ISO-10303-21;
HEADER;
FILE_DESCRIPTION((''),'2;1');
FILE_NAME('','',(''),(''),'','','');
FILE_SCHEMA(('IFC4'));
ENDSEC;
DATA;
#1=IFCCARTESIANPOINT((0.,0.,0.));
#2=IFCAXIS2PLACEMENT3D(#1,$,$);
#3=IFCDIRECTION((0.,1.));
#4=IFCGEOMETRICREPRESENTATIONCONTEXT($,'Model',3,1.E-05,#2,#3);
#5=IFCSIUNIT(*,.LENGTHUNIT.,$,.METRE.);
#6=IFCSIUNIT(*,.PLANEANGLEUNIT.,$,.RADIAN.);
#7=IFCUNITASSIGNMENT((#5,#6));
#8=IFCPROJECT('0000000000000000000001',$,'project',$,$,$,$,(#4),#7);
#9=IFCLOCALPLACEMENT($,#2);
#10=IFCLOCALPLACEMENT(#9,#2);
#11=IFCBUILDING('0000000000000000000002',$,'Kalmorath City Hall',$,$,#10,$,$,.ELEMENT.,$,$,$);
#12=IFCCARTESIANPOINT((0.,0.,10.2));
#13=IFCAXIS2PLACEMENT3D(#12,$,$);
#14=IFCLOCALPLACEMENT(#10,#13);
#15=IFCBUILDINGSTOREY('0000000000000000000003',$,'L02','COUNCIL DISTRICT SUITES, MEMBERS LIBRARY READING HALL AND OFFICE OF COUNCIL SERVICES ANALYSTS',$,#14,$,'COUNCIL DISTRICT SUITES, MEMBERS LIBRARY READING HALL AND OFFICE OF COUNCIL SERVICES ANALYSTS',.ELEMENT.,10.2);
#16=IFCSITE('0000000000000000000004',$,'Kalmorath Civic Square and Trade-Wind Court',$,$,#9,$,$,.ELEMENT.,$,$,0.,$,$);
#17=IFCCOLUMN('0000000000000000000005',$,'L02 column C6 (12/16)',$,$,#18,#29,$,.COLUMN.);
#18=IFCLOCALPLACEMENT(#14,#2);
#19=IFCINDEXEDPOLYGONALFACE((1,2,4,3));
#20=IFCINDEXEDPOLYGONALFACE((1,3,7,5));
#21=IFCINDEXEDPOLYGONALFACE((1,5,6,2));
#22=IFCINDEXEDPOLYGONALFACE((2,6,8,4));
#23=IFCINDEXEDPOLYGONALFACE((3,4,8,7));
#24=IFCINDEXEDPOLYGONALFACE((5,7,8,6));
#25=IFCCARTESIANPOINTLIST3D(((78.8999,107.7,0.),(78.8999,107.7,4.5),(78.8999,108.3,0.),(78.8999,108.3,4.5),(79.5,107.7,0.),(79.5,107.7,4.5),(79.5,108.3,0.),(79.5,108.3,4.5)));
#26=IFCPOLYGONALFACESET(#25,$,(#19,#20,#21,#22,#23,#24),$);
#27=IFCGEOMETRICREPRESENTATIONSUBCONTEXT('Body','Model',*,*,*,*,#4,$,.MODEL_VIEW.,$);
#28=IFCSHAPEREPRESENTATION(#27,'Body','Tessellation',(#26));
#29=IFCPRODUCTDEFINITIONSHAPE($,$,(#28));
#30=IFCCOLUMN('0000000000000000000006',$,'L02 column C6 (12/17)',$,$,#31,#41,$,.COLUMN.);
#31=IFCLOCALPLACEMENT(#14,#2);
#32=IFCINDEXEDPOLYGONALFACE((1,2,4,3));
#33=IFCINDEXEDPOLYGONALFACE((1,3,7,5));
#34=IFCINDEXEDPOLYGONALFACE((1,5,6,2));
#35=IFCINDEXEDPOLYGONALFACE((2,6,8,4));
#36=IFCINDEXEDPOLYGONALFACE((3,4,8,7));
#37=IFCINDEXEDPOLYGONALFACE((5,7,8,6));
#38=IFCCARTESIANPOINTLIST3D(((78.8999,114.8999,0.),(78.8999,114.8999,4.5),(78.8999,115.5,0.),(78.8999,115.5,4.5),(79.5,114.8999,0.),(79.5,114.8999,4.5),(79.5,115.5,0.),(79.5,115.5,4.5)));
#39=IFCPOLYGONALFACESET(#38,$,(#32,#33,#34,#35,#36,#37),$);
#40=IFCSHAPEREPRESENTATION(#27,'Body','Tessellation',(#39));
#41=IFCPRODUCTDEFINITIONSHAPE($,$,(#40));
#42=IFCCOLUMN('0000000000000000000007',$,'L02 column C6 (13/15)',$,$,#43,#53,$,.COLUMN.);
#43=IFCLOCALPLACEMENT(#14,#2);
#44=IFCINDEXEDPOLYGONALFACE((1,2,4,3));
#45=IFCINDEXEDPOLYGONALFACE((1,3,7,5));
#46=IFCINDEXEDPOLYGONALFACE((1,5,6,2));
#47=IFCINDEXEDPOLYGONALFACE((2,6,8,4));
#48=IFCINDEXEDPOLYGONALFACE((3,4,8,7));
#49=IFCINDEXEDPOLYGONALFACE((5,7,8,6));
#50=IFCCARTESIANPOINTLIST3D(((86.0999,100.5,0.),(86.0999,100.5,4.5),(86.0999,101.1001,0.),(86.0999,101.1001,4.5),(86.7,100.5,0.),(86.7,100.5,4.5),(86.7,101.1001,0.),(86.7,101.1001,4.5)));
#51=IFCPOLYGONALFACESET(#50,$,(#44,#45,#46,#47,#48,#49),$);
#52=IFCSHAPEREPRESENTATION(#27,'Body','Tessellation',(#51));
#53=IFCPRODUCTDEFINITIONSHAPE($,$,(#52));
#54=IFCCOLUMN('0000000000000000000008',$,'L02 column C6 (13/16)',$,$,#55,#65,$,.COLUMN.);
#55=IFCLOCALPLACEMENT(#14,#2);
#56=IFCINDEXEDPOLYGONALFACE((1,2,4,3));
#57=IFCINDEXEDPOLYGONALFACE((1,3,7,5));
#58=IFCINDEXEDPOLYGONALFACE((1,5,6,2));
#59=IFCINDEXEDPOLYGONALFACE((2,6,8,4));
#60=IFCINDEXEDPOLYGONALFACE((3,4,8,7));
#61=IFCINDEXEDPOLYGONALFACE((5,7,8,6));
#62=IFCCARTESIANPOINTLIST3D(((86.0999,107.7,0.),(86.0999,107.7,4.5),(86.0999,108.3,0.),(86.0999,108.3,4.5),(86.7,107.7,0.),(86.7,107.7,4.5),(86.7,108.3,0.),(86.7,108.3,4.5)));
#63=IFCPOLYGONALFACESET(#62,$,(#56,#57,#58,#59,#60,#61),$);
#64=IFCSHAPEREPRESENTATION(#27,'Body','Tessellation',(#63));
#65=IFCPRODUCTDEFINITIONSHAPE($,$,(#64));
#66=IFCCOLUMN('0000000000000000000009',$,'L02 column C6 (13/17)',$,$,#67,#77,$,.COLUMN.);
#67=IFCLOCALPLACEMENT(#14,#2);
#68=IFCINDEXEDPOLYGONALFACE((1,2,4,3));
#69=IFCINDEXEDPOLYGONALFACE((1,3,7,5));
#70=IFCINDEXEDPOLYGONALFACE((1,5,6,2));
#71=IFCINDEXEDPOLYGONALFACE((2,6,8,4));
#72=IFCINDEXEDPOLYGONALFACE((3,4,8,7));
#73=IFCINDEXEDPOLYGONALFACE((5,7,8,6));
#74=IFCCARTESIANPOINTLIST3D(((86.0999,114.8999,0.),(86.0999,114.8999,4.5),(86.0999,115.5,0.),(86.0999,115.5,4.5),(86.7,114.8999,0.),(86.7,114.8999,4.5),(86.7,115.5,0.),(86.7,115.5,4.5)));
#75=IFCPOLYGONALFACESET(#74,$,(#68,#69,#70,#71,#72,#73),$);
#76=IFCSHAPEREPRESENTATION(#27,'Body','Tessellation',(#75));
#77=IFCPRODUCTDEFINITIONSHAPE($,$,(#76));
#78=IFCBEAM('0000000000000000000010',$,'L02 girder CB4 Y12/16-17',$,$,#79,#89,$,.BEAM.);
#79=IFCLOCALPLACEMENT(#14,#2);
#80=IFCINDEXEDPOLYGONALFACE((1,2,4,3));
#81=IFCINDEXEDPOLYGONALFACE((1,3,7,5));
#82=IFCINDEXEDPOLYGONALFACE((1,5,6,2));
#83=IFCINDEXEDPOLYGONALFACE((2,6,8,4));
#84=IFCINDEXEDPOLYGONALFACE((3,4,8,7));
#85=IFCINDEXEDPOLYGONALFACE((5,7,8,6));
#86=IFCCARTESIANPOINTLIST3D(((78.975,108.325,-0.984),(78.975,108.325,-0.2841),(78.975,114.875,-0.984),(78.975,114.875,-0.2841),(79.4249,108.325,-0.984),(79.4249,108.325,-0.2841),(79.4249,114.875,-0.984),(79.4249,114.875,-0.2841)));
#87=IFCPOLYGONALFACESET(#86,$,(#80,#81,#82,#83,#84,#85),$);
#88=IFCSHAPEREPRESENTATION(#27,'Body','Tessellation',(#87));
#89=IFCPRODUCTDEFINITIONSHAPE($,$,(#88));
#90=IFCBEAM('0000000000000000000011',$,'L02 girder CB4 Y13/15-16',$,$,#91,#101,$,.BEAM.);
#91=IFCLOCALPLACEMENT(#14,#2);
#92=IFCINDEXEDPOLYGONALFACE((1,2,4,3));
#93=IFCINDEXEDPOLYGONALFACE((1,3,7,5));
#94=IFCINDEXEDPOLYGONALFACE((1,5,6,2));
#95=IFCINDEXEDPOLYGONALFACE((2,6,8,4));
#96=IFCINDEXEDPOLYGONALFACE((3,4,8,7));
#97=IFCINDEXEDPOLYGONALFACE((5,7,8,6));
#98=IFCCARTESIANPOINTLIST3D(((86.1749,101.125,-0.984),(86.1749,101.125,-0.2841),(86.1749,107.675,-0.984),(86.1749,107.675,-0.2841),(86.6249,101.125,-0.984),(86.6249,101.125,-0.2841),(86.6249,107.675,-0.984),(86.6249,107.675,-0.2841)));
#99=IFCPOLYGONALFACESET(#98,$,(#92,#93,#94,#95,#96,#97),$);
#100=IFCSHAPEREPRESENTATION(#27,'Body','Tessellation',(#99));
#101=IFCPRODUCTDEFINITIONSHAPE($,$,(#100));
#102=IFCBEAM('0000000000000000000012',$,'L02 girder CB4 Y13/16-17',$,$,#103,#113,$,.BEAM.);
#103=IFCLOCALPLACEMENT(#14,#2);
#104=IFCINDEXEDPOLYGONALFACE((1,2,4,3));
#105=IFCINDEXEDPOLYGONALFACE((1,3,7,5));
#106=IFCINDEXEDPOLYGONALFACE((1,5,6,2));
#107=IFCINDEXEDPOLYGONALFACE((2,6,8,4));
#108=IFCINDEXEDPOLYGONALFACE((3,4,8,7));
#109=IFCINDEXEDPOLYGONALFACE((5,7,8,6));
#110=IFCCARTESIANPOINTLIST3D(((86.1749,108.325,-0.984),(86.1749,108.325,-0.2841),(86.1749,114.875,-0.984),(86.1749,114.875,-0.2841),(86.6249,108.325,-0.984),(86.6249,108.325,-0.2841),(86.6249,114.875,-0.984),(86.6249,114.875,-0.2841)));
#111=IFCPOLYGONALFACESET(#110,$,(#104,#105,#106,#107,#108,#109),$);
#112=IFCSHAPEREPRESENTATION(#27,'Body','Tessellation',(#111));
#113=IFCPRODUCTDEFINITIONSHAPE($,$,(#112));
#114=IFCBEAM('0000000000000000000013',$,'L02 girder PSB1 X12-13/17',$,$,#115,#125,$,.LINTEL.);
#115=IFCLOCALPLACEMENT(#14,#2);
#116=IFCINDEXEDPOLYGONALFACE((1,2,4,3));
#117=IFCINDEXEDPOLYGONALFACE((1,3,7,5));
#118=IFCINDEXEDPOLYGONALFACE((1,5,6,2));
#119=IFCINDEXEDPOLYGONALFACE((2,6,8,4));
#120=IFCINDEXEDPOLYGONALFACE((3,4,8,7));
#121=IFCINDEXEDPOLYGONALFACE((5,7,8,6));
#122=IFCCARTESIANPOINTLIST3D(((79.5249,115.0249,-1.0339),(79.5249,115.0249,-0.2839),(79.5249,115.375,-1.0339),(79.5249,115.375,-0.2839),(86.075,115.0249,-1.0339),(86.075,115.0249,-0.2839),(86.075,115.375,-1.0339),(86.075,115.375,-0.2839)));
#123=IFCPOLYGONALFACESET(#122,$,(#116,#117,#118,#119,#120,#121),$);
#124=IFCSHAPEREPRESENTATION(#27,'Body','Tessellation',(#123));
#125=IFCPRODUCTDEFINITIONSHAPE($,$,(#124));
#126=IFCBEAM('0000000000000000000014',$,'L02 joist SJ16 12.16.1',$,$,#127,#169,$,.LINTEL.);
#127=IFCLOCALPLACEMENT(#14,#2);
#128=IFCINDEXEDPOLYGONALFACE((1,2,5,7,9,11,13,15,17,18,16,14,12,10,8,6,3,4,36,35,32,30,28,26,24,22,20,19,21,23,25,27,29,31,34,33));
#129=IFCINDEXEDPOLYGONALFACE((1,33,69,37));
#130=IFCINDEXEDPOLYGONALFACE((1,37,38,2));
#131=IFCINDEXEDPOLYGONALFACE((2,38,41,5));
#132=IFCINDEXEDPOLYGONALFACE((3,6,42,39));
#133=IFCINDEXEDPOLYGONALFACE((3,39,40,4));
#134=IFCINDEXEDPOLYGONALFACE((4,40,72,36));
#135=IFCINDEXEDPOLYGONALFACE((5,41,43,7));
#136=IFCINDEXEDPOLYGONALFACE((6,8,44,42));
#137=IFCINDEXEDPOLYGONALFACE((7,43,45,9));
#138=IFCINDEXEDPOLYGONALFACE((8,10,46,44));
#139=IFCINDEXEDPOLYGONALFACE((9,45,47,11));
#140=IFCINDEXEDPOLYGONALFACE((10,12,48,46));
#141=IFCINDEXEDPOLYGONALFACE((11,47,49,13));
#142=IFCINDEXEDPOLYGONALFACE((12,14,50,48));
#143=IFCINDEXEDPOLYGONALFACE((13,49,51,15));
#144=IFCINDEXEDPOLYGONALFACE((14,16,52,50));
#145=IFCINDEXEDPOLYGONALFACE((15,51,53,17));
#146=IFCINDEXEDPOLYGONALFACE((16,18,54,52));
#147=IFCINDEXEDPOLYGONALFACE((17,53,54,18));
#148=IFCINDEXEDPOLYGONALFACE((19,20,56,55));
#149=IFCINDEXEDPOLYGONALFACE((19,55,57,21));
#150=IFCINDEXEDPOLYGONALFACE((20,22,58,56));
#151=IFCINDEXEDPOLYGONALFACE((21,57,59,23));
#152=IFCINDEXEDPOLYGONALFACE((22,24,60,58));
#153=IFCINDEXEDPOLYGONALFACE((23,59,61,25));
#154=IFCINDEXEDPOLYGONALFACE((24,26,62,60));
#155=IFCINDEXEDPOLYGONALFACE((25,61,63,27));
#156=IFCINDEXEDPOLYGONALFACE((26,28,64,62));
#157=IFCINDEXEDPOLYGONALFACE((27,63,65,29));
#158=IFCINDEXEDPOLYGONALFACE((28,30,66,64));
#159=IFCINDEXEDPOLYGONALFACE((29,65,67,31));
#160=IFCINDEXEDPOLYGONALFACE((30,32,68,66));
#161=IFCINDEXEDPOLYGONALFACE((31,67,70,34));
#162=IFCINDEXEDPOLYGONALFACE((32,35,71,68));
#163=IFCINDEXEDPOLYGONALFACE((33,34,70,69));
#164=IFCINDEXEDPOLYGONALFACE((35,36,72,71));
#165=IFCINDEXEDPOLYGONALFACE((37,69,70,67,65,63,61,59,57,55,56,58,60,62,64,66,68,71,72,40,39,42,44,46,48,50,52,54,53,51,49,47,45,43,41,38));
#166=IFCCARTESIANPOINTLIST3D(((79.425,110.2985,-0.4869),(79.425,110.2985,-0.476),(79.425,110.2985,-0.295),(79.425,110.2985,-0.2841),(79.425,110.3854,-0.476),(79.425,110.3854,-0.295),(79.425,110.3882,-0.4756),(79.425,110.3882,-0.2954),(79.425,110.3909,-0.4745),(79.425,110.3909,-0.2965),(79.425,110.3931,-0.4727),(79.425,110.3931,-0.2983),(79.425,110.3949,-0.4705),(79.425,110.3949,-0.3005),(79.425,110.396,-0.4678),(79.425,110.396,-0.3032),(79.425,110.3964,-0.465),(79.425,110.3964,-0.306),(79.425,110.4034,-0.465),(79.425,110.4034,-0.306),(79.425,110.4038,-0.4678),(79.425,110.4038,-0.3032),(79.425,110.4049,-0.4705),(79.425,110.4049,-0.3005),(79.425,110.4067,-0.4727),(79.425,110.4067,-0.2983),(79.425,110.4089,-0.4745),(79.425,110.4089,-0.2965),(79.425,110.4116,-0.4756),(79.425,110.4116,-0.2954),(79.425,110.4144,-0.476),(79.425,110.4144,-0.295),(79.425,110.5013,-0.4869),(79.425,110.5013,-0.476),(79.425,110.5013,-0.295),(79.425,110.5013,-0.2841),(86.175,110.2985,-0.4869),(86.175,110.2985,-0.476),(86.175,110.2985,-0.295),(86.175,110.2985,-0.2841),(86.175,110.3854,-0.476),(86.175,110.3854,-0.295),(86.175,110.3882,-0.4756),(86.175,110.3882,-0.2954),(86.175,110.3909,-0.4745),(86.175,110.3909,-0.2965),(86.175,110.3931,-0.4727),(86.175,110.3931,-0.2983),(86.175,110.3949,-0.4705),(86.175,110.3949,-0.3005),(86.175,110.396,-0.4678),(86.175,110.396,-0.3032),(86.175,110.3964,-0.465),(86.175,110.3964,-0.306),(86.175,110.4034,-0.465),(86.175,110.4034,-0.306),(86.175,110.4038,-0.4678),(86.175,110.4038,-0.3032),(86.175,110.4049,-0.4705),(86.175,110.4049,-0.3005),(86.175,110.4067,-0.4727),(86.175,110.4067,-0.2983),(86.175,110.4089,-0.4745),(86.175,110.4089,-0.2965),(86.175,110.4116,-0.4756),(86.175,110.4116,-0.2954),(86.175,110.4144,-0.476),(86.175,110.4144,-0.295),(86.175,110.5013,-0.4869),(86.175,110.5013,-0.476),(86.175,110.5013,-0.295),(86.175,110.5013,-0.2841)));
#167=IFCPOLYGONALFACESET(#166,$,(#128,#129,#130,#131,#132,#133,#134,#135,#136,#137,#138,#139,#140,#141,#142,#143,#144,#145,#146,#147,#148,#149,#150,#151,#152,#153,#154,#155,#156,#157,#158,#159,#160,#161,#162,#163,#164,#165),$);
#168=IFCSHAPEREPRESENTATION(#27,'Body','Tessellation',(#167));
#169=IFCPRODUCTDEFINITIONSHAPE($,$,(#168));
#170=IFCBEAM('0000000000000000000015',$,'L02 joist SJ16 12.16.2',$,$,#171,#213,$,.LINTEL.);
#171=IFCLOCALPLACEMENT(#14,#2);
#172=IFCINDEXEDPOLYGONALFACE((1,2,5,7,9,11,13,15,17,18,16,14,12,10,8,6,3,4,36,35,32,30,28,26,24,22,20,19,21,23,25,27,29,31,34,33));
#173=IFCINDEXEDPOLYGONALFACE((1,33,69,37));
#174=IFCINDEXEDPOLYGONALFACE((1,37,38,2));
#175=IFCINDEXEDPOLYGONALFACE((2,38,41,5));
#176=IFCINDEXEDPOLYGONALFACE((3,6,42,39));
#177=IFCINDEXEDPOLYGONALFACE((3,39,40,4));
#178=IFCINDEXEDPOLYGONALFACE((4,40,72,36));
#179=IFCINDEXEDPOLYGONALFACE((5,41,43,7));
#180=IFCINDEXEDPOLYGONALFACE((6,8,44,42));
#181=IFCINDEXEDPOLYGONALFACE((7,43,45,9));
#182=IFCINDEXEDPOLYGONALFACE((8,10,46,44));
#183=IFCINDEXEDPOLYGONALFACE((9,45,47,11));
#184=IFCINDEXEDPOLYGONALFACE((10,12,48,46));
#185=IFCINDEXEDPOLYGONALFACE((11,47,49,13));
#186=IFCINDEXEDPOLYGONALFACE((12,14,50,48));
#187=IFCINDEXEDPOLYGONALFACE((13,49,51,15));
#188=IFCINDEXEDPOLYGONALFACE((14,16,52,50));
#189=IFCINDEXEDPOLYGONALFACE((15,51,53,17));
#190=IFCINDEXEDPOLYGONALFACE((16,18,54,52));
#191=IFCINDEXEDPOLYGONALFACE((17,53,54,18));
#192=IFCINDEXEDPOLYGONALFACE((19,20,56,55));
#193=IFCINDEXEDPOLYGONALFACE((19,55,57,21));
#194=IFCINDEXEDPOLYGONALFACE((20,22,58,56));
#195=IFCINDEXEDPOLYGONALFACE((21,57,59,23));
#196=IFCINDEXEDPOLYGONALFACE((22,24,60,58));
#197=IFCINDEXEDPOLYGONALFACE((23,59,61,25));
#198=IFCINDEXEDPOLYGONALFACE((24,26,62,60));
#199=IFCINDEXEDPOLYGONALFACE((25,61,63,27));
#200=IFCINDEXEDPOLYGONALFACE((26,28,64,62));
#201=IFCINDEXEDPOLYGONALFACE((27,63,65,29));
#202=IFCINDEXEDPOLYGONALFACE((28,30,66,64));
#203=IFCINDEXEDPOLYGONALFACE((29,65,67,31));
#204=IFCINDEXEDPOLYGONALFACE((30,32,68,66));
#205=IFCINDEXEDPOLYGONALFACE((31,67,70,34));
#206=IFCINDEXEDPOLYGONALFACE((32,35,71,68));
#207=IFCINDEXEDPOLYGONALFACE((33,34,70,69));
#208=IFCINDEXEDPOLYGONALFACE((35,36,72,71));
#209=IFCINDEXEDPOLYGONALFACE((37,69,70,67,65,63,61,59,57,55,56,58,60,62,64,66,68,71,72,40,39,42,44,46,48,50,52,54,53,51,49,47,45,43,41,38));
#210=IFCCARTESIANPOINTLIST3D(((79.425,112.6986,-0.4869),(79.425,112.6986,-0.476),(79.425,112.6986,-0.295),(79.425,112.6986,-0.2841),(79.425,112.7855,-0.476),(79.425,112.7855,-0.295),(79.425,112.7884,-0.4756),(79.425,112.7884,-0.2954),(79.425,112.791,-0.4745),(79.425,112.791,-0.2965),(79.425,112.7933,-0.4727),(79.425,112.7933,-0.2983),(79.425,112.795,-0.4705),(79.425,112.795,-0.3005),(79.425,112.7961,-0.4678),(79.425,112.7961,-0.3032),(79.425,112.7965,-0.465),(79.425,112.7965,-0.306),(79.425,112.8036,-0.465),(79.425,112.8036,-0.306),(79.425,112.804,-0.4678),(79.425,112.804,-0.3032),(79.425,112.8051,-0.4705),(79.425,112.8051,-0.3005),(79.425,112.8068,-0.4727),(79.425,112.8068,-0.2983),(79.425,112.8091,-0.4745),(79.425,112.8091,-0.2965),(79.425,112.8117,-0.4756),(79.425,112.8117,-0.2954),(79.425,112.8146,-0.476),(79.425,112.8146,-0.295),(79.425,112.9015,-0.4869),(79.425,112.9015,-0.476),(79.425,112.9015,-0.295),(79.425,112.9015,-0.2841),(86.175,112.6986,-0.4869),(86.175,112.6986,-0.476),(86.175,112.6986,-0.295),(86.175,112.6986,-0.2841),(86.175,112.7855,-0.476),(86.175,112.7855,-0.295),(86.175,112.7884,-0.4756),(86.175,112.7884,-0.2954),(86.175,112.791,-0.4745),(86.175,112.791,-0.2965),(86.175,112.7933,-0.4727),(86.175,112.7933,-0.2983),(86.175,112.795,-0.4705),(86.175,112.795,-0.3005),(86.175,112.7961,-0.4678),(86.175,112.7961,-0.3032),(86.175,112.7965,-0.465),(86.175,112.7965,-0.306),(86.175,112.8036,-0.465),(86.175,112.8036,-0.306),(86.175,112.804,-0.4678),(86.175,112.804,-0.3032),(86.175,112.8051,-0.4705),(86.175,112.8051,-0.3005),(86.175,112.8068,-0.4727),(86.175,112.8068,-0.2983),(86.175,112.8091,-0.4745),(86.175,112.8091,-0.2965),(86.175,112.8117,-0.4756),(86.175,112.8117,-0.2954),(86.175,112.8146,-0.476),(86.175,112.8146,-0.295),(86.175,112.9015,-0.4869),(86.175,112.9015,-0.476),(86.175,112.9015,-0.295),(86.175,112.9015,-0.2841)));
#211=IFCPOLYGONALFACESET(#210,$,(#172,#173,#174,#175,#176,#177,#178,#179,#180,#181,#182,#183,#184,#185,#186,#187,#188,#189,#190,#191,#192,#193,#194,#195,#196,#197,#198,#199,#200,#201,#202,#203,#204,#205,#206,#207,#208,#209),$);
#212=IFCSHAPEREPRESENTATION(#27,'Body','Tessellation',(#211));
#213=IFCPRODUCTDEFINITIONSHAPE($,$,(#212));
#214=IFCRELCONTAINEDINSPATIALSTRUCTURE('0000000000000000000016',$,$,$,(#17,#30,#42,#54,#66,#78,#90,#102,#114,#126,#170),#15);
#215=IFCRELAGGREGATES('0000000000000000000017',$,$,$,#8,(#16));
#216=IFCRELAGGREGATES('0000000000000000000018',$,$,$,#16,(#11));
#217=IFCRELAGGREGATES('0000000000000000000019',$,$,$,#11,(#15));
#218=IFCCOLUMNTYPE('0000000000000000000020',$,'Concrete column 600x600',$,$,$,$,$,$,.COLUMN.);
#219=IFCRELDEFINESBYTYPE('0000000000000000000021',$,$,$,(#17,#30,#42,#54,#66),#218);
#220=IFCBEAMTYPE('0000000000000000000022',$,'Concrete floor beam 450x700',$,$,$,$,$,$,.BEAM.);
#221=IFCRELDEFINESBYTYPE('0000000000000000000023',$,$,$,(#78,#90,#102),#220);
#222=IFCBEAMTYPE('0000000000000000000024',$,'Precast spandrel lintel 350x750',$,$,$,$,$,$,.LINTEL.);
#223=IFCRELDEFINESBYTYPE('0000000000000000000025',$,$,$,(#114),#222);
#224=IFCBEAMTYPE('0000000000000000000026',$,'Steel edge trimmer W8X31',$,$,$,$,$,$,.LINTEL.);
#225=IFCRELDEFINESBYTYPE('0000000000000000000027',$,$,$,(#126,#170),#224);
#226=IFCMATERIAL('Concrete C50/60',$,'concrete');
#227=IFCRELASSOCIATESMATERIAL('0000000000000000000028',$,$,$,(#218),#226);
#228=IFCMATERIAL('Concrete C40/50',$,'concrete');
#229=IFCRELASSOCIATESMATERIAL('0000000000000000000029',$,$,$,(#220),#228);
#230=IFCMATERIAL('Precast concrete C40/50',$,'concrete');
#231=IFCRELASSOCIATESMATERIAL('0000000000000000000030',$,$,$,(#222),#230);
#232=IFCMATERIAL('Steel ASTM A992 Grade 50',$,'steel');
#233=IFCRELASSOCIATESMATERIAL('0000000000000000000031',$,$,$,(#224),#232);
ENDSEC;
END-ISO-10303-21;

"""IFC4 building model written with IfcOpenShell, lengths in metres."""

from ifc_helpers import new_model, si_unit, direction, frame, origin, origin_2d, place, context, subcontext, project, spatial, rectangle, i_section, extrude, material, material_profile, profile_set, type_object, element, save


model = new_model("IFC4")

# Units and contexts
model_context = context("Model", 3, precision=1e-05, world=origin(), true_north=direction((0.0, 1.0)))
body_context = subcontext(model_context, "Body", "Model", "MODEL_VIEW")
ifc_project = project(units=[si_unit("LENGTHUNIT", "METRE"), si_unit("PLANEANGLEUNIT", "RADIAN")], contexts=[model_context])

# Site, building, storey
site_placement = place(None, origin())
site = spatial("IfcSite", under=ifc_project, at=site_placement, Name="Kalmorath Civic Square and Trade-Wind Court", CompositionType="ELEMENT", RefElevation=0.0)
building_placement = place(site_placement, origin())
building = spatial("IfcBuilding", under=site, at=building_placement, Name="Kalmorath City Hall", CompositionType="ELEMENT")
storey_placement = place(building_placement, frame((0.0, 0.0, 10.2)))
storey = spatial("IfcBuildingStorey", under=building, at=storey_placement, Name="L02", Description="COUNCIL DISTRICT SUITES, MEMBERS LIBRARY READING HALL AND OFFICE OF COUNCIL SERVICES ANALYSTS", LongName="COUNCIL DISTRICT SUITES, MEMBERS LIBRARY READING HALL AND OFFICE OF COUNCIL SERVICES ANALYSTS", CompositionType="ELEMENT", Elevation=10.2)

# Columns
ifc_material_1 = material(Name="Concrete C50/60", Category="concrete")
ifc_material_profile_1 = material_profile(ifc_material_1, rectangle(XDim=0.6001, YDim=0.6001, at=origin_2d()), Name="RC-COL-600X600")
ifc_profile_set_1 = profile_set([ifc_material_profile_1], Name="Concrete C50/60")
column_type = type_object("IfcColumnType", Name="Concrete column 600x600", PredefinedType="COLUMN", material=ifc_profile_set_1)
for number, where, z_axis, x_axis, name in (
    (1, (79.2, 108.0, 0.0), (0.0, 0.0, 1.0), (1.0, 0.0, 0.0), "L02 column C6 (12/16)"),
    (2, (79.2, 115.2, 0.0), (0.0, 0.0, 1.0), (1.0, 0.0, 0.0), "L02 column C6 (12/17)"),
    (3, (86.3999, 100.8, 0.0), (0.0, 0.0, 1.0), (1.0, 0.0, 0.0), "L02 column C6 (13/15)"),
    (4, (86.3999, 108.0, 0.0), (0.0, 0.0, 1.0), (1.0, 0.0, 0.0), "L02 column C6 (13/16)"),
    (5, (86.3999, 115.2, 0.0), (0.0, 0.0, 1.0), (1.0, 0.0, 0.0), "L02 column C6 (13/17)"),
):
    element("IfcColumn", number, at=place(storey_placement, frame(where, z_axis=z_axis, x_axis=x_axis)), inside=storey, type_object=column_type, Name=name, PredefinedType="COLUMN", context=body_context, shape_type="SweptSolid", body=[
        extrude(rectangle(XDim=0.6001, YDim=0.6001, at=origin_2d()), origin(), (0.0, 0.0, 1.0), 4.5),
    ])

# Beams
ifc_material_2 = material(Name="Concrete C40/50", Category="concrete")
ifc_material_profile_2 = material_profile(ifc_material_2, rectangle(XDim=0.45, YDim=0.7, at=origin_2d()), Name="RC-BM-450X700")
ifc_profile_set_2 = profile_set([ifc_material_profile_2], Name="Concrete C40/50")
beam_type_1 = type_object("IfcBeamType", Name="Concrete floor beam 450x700", PredefinedType="BEAM", material=ifc_profile_set_2)
for number, where, z_axis, x_axis, name in (
    (6, (79.2, 108.325, -0.634), (0.0, 1.0, 0.0), (-1.0, 0.0, 0.0), "L02 girder CB4 Y12/16-17"),
    (7, (86.3999, 101.125, -0.634), (0.0, 1.0, 0.0), (-1.0, 0.0, 0.0), "L02 girder CB4 Y13/15-16"),
    (8, (86.3999, 108.325, -0.634), (0.0, 1.0, 0.0), (-1.0, 0.0, 0.0), "L02 girder CB4 Y13/16-17"),
):
    element("IfcBeam", number, at=place(storey_placement, frame(where, z_axis=z_axis, x_axis=x_axis)), inside=storey, type_object=beam_type_1, Name=name, PredefinedType="BEAM", context=body_context, shape_type="SweptSolid", body=[
        extrude(rectangle(XDim=0.45, YDim=0.7, at=origin_2d()), origin(), (0.0, 0.0, 1.0), 6.55),
    ])
ifc_material_3 = material(Name="Precast concrete C40/50", Category="concrete")
ifc_material_profile_3 = material_profile(ifc_material_3, rectangle(XDim=0.3501, YDim=0.75, at=origin_2d()), Name="PC-SP-350X750")
ifc_profile_set_3 = profile_set([ifc_material_profile_3], Name="Precast concrete C40/50")
beam_type_2 = type_object("IfcBeamType", Name="Precast spandrel lintel 350x750", PredefinedType="LINTEL", material=ifc_profile_set_3)
beam_1_placement = place(storey_placement, frame((79.5249, 115.2, -0.6589), z_axis=(1.0, 0.0, 0.0), x_axis=(0.0, 1.0, 0.0)))
element("IfcBeam", 9, at=beam_1_placement, inside=storey, type_object=beam_type_2, Name="L02 girder PSB1 X12-13/17", PredefinedType="LINTEL", context=body_context, shape_type="SweptSolid", body=[
    extrude(rectangle(XDim=0.3501, YDim=0.75, at=origin_2d()), origin(), (0.0, 0.0, 1.0), 6.55),
])
ifc_material_4 = material(Name="Steel ASTM A992 Grade 50", Category="steel")
ifc_material_profile_4 = material_profile(ifc_material_4, i_section(OverallWidth=0.2029, OverallDepth=0.2029, WebThickness=0.0071, FlangeThickness=0.011, FilletRadius=0.011, at=origin_2d()), Name="W8X31")
ifc_profile_set_4 = profile_set([ifc_material_profile_4], Name="Steel ASTM A992 Grade 50")
beam_type_3 = type_object("IfcBeamType", Name="Steel edge trimmer W8X31", PredefinedType="LINTEL", material=ifc_profile_set_4)
for number, where, z_axis, x_axis, name in (
    (10, (79.425, 110.3999, -0.3855), (1.0, 0.0, 0.0), (0.0, 1.0, 0.0), "L02 joist SJ16 12.16.1"),
    (11, (79.425, 112.8, -0.3855), (1.0, 0.0, 0.0), (0.0, 1.0, 0.0), "L02 joist SJ16 12.16.2"),
):
    element("IfcBeam", number, at=place(storey_placement, frame(where, z_axis=z_axis, x_axis=x_axis)), inside=storey, type_object=beam_type_3, Name=name, PredefinedType="LINTEL", context=body_context, shape_type="SweptSolid", body=[
        extrude(i_section(OverallWidth=0.2029, OverallDepth=0.2029, WebThickness=0.0071, FlangeThickness=0.011, FilletRadius=0.011, at=origin_2d()), origin(), (0.0, 0.0, 1.0), 6.75),
    ])

save(model, "model.ifc")
